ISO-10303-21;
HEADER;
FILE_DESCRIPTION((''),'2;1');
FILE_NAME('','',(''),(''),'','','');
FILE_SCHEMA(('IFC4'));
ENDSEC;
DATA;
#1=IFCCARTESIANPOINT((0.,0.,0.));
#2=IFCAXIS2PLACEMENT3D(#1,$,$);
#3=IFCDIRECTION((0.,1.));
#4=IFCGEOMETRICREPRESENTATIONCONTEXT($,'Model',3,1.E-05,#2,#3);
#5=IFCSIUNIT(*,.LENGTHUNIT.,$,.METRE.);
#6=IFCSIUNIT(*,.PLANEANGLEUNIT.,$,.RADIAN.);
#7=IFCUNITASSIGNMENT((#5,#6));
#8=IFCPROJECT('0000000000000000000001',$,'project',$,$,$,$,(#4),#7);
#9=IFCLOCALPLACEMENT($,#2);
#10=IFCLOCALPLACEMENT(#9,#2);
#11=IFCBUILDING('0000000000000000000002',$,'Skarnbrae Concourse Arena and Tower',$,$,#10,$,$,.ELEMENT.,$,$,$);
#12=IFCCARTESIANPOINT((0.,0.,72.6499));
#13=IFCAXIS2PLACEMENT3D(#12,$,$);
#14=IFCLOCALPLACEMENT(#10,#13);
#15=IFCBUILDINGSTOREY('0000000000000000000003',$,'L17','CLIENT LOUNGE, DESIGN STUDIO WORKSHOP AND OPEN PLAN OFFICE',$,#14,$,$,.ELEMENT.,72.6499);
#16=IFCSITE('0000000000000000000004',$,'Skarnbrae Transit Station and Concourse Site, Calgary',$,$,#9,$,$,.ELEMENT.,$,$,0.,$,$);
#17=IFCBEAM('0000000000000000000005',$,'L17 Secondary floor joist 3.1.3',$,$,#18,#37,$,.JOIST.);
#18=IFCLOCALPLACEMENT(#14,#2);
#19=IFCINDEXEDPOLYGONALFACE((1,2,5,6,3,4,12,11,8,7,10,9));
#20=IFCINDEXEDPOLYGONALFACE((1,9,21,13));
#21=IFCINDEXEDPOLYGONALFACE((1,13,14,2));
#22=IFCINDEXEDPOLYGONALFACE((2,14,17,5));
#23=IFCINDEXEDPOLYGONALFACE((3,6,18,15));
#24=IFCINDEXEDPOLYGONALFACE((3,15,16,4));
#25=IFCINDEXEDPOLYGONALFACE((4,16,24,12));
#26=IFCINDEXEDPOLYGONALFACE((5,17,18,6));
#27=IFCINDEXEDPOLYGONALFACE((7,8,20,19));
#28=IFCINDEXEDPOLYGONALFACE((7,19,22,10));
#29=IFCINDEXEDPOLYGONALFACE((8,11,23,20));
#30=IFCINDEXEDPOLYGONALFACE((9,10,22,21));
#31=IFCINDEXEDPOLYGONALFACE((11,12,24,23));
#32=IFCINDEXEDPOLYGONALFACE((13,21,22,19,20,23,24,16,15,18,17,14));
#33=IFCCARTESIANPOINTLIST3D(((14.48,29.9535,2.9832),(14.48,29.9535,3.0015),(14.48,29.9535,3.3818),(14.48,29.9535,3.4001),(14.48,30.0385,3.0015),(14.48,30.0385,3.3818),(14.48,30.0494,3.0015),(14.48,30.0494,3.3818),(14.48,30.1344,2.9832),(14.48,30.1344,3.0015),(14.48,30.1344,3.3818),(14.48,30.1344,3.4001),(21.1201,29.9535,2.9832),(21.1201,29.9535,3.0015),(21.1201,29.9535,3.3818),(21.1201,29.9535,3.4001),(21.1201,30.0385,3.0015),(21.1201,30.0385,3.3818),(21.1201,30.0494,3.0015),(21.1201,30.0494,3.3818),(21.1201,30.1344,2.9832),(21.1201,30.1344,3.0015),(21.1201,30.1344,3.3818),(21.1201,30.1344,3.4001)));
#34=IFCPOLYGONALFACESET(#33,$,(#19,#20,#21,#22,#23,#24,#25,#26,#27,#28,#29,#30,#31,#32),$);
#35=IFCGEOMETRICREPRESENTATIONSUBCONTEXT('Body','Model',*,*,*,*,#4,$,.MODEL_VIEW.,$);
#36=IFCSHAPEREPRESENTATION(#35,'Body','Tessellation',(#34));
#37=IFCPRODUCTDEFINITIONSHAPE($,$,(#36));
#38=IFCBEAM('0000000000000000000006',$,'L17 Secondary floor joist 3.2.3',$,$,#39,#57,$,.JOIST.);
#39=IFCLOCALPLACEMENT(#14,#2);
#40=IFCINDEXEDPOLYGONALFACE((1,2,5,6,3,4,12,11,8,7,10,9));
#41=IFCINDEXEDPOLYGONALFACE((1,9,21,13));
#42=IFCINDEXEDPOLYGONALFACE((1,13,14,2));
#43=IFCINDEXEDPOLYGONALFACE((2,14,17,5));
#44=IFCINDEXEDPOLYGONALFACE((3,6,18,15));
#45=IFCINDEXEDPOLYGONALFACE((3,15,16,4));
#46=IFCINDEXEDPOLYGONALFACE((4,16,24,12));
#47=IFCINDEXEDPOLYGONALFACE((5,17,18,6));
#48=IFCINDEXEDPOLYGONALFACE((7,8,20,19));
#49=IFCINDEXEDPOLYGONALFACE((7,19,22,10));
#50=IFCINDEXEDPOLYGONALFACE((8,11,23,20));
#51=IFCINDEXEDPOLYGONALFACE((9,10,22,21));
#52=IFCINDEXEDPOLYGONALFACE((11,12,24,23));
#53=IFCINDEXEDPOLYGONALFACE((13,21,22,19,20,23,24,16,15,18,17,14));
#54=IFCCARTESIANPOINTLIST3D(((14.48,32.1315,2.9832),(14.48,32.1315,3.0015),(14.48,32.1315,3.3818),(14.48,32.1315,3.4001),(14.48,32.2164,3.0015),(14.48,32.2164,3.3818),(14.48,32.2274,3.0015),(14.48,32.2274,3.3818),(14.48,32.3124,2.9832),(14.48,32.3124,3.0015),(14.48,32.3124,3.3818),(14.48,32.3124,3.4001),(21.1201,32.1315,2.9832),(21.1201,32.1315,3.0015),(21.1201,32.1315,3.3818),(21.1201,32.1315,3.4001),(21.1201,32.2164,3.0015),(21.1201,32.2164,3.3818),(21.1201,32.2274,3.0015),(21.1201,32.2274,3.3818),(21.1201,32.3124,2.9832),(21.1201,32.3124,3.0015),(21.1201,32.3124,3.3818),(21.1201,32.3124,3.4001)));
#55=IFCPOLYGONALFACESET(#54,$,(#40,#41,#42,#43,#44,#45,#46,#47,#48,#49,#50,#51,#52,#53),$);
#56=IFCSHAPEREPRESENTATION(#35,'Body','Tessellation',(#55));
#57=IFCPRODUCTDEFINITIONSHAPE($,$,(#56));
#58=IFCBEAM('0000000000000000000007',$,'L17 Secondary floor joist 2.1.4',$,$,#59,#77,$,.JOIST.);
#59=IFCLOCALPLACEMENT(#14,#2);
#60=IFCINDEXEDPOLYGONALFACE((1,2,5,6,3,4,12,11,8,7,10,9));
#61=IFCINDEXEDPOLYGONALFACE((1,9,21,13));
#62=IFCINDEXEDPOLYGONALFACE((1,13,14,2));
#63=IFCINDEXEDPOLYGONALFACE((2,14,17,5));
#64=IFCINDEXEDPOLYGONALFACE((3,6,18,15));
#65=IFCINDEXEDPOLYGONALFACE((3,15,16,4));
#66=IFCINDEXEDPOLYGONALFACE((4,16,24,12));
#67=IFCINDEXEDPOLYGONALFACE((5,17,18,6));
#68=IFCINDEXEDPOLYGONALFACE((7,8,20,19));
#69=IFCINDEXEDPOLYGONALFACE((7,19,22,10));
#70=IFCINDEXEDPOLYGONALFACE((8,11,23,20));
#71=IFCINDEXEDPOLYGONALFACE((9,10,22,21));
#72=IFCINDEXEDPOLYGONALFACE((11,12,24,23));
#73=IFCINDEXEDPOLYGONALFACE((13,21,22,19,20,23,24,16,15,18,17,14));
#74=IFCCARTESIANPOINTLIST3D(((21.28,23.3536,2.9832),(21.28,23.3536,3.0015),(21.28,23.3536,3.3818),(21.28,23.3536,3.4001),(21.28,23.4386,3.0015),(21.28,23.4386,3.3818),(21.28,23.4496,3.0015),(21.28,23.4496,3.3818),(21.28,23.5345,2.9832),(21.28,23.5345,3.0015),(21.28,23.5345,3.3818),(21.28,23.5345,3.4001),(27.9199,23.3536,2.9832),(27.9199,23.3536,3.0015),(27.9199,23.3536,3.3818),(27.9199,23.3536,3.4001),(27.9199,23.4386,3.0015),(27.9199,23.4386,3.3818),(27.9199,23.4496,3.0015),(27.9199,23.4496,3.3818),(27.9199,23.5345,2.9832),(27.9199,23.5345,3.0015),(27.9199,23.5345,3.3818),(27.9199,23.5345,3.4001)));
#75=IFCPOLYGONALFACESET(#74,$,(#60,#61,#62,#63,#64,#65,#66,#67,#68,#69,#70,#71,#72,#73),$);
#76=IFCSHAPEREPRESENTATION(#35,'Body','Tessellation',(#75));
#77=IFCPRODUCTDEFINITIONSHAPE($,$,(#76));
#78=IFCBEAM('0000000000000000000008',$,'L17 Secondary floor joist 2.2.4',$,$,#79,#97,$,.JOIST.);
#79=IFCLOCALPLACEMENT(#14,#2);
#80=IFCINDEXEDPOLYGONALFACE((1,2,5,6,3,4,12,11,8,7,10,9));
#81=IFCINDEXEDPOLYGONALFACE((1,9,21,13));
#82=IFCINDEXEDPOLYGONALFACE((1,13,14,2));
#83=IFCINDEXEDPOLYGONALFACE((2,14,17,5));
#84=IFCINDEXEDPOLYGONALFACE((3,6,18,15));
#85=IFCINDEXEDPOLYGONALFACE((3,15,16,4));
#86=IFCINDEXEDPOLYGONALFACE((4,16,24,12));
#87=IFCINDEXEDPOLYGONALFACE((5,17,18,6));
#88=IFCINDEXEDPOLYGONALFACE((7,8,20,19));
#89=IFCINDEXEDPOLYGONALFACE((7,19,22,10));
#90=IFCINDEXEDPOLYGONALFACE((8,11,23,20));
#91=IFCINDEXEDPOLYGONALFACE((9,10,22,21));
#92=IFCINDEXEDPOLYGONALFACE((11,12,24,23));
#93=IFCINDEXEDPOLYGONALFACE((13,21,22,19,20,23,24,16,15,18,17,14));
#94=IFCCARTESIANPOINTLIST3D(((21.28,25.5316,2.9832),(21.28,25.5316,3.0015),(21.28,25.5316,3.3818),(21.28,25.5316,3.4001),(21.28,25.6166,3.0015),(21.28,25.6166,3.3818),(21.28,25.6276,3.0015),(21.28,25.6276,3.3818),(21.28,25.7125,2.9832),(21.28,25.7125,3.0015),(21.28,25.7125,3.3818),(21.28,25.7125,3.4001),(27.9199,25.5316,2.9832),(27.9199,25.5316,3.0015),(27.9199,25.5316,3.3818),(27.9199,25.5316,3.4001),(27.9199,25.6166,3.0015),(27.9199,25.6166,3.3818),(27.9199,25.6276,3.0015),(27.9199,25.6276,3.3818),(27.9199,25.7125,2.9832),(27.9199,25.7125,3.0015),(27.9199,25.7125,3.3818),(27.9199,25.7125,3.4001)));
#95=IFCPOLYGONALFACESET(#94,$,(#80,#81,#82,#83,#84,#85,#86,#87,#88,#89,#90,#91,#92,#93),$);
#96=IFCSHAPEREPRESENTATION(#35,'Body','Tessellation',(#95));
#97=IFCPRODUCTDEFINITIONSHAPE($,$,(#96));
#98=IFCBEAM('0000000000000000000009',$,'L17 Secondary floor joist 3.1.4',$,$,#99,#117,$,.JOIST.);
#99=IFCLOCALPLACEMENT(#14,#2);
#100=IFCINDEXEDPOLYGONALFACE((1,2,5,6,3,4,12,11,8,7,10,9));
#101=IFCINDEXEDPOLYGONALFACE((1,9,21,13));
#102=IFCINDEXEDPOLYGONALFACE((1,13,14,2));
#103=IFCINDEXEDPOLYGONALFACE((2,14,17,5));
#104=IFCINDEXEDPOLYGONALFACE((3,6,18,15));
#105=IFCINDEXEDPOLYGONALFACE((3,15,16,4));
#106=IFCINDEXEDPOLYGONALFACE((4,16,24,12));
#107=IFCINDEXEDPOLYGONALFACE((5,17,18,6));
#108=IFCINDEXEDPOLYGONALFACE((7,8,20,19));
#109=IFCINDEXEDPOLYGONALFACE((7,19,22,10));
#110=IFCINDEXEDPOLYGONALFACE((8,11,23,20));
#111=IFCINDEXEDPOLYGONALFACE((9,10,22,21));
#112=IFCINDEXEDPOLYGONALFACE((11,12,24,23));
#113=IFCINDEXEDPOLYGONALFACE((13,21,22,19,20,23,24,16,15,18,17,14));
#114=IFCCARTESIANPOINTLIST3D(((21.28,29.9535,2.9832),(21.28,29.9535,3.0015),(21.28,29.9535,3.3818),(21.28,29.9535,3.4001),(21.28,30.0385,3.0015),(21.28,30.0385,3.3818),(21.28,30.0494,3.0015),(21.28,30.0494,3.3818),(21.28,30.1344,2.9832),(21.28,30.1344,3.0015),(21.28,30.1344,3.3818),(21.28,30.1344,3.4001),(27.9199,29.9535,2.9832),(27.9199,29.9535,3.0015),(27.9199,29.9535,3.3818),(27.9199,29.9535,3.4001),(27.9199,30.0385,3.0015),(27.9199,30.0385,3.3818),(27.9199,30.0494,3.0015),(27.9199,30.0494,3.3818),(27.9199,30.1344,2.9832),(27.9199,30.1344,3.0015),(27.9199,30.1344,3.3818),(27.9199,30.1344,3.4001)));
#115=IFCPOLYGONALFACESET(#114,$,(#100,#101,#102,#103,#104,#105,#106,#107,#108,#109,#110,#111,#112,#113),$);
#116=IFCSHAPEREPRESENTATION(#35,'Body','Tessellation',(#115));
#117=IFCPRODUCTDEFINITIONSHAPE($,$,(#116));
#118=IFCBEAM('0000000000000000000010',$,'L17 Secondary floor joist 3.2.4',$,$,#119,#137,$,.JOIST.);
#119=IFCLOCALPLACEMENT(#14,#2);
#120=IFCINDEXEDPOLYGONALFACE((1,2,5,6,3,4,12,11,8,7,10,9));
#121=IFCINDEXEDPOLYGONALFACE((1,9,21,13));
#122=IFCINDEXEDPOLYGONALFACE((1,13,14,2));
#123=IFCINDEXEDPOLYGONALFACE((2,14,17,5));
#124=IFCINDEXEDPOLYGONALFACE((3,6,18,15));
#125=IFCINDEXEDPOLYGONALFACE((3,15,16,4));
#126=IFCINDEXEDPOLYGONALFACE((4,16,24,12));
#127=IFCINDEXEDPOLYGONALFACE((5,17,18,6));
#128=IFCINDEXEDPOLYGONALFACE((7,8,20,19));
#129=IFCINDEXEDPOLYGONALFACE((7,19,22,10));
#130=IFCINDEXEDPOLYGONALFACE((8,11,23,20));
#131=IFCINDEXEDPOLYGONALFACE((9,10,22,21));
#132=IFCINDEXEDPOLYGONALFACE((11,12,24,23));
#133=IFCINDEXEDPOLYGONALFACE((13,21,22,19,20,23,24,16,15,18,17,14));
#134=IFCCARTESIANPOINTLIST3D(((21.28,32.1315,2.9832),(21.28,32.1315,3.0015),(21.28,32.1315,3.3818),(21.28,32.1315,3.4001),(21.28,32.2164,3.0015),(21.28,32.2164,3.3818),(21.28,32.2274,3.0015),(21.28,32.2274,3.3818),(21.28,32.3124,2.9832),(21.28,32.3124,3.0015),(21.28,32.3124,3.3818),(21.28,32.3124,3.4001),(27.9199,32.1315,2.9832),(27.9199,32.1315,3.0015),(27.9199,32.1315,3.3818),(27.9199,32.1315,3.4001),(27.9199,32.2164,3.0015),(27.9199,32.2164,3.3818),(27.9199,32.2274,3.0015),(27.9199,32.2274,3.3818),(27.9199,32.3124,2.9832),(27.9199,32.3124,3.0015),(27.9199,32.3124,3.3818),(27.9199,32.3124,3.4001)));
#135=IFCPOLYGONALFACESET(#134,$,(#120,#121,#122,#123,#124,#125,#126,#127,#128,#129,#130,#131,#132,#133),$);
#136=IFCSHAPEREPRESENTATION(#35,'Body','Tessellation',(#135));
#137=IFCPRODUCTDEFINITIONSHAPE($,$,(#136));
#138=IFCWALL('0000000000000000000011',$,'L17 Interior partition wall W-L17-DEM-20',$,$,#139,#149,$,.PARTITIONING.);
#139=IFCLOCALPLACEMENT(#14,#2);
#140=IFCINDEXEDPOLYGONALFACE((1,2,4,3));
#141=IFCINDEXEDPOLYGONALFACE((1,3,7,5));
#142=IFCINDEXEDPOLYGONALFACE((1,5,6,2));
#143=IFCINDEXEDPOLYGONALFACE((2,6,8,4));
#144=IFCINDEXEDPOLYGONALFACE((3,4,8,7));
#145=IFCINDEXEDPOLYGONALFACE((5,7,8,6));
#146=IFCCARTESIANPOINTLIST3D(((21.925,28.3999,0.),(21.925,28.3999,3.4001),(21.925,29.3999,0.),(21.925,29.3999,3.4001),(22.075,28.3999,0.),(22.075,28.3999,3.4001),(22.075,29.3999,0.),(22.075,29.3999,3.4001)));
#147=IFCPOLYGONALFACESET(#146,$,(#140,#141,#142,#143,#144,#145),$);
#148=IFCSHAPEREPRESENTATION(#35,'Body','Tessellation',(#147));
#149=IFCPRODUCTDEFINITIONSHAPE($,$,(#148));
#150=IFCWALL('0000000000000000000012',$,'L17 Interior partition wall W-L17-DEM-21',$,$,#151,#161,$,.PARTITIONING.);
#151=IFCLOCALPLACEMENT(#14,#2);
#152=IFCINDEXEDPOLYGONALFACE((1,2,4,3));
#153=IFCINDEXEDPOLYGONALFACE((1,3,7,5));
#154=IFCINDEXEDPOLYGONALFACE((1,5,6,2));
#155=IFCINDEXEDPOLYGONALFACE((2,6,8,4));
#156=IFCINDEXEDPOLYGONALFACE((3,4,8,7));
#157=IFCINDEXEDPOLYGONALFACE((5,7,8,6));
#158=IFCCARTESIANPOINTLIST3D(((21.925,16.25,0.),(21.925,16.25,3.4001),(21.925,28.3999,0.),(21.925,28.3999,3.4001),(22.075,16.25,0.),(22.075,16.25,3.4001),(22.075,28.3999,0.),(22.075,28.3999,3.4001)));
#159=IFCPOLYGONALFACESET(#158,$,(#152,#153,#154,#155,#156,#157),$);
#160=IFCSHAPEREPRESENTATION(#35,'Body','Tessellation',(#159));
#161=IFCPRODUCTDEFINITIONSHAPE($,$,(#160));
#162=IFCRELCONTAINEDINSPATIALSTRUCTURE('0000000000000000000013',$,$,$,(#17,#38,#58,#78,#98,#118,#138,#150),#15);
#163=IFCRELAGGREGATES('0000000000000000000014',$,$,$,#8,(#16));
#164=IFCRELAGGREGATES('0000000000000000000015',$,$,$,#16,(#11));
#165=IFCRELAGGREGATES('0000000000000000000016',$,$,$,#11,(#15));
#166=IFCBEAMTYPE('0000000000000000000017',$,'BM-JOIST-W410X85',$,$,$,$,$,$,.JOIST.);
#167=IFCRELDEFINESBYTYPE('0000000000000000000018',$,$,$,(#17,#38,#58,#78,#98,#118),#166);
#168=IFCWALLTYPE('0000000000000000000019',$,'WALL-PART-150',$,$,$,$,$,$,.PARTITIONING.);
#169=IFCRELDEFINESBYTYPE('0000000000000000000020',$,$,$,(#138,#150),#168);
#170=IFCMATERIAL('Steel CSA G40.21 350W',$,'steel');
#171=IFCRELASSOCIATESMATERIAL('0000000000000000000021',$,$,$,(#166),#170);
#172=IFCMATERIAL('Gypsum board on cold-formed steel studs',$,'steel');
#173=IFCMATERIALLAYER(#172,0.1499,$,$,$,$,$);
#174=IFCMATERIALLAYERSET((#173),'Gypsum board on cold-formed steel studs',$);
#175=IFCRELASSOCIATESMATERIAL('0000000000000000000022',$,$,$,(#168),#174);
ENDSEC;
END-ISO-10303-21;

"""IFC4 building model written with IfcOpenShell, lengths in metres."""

from ifc_helpers import new_model, si_unit, direction, frame, frame_2d, origin, origin_2d, place, context, subcontext, project, spatial, rectangle, i_section, extrude, source, transform, mapped, material, layer, layer_set, material_profile, profile_set, type_object, element, save


model = new_model("IFC4")

# Units and contexts
model_context = context("Model", 3, precision=1e-05, world=origin(), true_north=direction((0.0, 1.0)))
body_context = subcontext(model_context, "Body", "Model", "MODEL_VIEW")
ifc_project = project(units=[si_unit("LENGTHUNIT", "METRE"), si_unit("PLANEANGLEUNIT", "RADIAN")], contexts=[model_context])

# Site, building, storey
site_placement = place(None, origin())
site = spatial("IfcSite", under=ifc_project, at=site_placement, Name="Skarnbrae Transit Station and Concourse Site, Calgary", CompositionType="ELEMENT", RefElevation=0.0)
building_placement = place(site_placement, origin())
building = spatial("IfcBuilding", under=site, at=building_placement, Name="Skarnbrae Concourse Arena and Tower", CompositionType="ELEMENT")
storey_placement = place(building_placement, frame((0.0, 0.0, 72.6499)))
storey = spatial("IfcBuildingStorey", under=building, at=storey_placement, Name="L17", Description="CLIENT LOUNGE, DESIGN STUDIO WORKSHOP AND OPEN PLAN OFFICE", CompositionType="ELEMENT", Elevation=72.6499)

# Shared definitions
ifc_material_1 = material(Name="Steel CSA G40.21 350W", Category="steel")

# Beams
ifc_material_profile_1 = material_profile(ifc_material_1, i_section(OverallWidth=0.1809, OverallDepth=0.417, WebThickness=0.011, FlangeThickness=0.0183, at=origin_2d()), Name="W410X85")
ifc_profile_set_1 = profile_set([ifc_material_profile_1], Name="Steel CSA G40.21 350W")
beam_type_1 = type_object("IfcBeamType", Name="BM-JOIST-W410X85", PredefinedType="JOIST", material=ifc_profile_set_1)
shared_shape_1 = source(origin(), body_context, "Body", "SweptSolid", [
    extrude(i_section(OverallWidth=0.1809, OverallDepth=0.417, WebThickness=0.011, FlangeThickness=0.0183, at=origin_2d()), origin(), (0.0, 0.0, 1.0), 6.6401),
])
for number, where, z_axis, x_axis, name in (
    (1, (14.48, 30.0439, 3.1917), (1.0, 0.0, 0.0), (0.0, 1.0, 0.0), "L17 Secondary floor joist 3.1.3"),
    (2, (14.48, 32.2219, 3.1917), (1.0, 0.0, 0.0), (0.0, 1.0, 0.0), "L17 Secondary floor joist 3.2.3"),
):
    element("IfcBeam", number, at=place(storey_placement, frame(where, z_axis=z_axis, x_axis=x_axis)), inside=storey, type_object=beam_type_1, Name=name, PredefinedType="JOIST", context=body_context, shape_type="MappedRepresentation", body=[
        mapped(shared_shape_1, transform((0.0, 0.0, 0.0))),
    ])
shared_shape_2 = source(origin(), body_context, "Body", "SweptSolid", [
    extrude(i_section(OverallWidth=0.1809, OverallDepth=0.417, WebThickness=0.011, FlangeThickness=0.0183, at=origin_2d()), origin(), (0.0, 0.0, 1.0), 6.6399),
])
for number, where, z_axis, x_axis, name in (
    (3, (21.28, 23.4441, 3.1917), (1.0, 0.0, 0.0), (0.0, 1.0, 0.0), "L17 Secondary floor joist 2.1.4"),
    (4, (21.28, 25.6221, 3.1917), (1.0, 0.0, 0.0), (0.0, 1.0, 0.0), "L17 Secondary floor joist 2.2.4"),
    (5, (21.28, 30.0439, 3.1917), (1.0, 0.0, 0.0), (0.0, 1.0, 0.0), "L17 Secondary floor joist 3.1.4"),
    (6, (21.28, 32.2219, 3.1917), (1.0, 0.0, 0.0), (0.0, 1.0, 0.0), "L17 Secondary floor joist 3.2.4"),
):
    element("IfcBeam", number, at=place(storey_placement, frame(where, z_axis=z_axis, x_axis=x_axis)), inside=storey, type_object=beam_type_1, Name=name, PredefinedType="JOIST", context=body_context, shape_type="MappedRepresentation", body=[
        mapped(shared_shape_2, transform((0.0, 0.0, 0.0))),
    ])

# Walls
ifc_material_2 = material(Name="Gypsum board on cold-formed steel studs", Category="steel")
ifc_layer = layer(ifc_material_2, 0.1499)
ifc_layer_set = layer_set([ifc_layer], Name="Gypsum board on cold-formed steel studs")
wall_type = type_object("IfcWallType", Name="WALL-PART-150", PredefinedType="PARTITIONING", material=ifc_layer_set)
shared_shape_3 = source(origin(), body_context, "Body", "SweptSolid", [
    extrude(rectangle(XDim=1.0, YDim=0.1499, at=frame_2d((0.5, 0.0))), origin(), (0.0, 0.0, 1.0), 3.4001),
])
wall_1_placement = place(storey_placement, frame((22.0, 29.3999, 0.0), z_axis=(0.0, 0.0, 1.0), x_axis=(0.0, -1.0, 0.0)))
element("IfcWall", 7, at=wall_1_placement, inside=storey, type_object=wall_type, Name="L17 Interior partition wall W-L17-DEM-20", PredefinedType="PARTITIONING", context=body_context, shape_type="MappedRepresentation", body=[
    mapped(shared_shape_3, transform((0.0, 0.0, 0.0))),
])
shared_shape_4 = source(origin(), body_context, "Body", "SweptSolid", [
    extrude(rectangle(XDim=12.1499, YDim=0.1499, at=frame_2d((6.075, 0.0))), origin(), (0.0, 0.0, 1.0), 3.4001),
])
wall_2_placement = place(storey_placement, frame((22.0, 28.3999, 0.0), z_axis=(0.0, 0.0, 1.0), x_axis=(0.0, -1.0, 0.0)))
element("IfcWall", 8, at=wall_2_placement, inside=storey, type_object=wall_type, Name="L17 Interior partition wall W-L17-DEM-21", PredefinedType="PARTITIONING", context=body_context, shape_type="MappedRepresentation", body=[
    mapped(shared_shape_4, transform((0.0, 0.0, 0.0))),
])

save(model, "model.ifc")
